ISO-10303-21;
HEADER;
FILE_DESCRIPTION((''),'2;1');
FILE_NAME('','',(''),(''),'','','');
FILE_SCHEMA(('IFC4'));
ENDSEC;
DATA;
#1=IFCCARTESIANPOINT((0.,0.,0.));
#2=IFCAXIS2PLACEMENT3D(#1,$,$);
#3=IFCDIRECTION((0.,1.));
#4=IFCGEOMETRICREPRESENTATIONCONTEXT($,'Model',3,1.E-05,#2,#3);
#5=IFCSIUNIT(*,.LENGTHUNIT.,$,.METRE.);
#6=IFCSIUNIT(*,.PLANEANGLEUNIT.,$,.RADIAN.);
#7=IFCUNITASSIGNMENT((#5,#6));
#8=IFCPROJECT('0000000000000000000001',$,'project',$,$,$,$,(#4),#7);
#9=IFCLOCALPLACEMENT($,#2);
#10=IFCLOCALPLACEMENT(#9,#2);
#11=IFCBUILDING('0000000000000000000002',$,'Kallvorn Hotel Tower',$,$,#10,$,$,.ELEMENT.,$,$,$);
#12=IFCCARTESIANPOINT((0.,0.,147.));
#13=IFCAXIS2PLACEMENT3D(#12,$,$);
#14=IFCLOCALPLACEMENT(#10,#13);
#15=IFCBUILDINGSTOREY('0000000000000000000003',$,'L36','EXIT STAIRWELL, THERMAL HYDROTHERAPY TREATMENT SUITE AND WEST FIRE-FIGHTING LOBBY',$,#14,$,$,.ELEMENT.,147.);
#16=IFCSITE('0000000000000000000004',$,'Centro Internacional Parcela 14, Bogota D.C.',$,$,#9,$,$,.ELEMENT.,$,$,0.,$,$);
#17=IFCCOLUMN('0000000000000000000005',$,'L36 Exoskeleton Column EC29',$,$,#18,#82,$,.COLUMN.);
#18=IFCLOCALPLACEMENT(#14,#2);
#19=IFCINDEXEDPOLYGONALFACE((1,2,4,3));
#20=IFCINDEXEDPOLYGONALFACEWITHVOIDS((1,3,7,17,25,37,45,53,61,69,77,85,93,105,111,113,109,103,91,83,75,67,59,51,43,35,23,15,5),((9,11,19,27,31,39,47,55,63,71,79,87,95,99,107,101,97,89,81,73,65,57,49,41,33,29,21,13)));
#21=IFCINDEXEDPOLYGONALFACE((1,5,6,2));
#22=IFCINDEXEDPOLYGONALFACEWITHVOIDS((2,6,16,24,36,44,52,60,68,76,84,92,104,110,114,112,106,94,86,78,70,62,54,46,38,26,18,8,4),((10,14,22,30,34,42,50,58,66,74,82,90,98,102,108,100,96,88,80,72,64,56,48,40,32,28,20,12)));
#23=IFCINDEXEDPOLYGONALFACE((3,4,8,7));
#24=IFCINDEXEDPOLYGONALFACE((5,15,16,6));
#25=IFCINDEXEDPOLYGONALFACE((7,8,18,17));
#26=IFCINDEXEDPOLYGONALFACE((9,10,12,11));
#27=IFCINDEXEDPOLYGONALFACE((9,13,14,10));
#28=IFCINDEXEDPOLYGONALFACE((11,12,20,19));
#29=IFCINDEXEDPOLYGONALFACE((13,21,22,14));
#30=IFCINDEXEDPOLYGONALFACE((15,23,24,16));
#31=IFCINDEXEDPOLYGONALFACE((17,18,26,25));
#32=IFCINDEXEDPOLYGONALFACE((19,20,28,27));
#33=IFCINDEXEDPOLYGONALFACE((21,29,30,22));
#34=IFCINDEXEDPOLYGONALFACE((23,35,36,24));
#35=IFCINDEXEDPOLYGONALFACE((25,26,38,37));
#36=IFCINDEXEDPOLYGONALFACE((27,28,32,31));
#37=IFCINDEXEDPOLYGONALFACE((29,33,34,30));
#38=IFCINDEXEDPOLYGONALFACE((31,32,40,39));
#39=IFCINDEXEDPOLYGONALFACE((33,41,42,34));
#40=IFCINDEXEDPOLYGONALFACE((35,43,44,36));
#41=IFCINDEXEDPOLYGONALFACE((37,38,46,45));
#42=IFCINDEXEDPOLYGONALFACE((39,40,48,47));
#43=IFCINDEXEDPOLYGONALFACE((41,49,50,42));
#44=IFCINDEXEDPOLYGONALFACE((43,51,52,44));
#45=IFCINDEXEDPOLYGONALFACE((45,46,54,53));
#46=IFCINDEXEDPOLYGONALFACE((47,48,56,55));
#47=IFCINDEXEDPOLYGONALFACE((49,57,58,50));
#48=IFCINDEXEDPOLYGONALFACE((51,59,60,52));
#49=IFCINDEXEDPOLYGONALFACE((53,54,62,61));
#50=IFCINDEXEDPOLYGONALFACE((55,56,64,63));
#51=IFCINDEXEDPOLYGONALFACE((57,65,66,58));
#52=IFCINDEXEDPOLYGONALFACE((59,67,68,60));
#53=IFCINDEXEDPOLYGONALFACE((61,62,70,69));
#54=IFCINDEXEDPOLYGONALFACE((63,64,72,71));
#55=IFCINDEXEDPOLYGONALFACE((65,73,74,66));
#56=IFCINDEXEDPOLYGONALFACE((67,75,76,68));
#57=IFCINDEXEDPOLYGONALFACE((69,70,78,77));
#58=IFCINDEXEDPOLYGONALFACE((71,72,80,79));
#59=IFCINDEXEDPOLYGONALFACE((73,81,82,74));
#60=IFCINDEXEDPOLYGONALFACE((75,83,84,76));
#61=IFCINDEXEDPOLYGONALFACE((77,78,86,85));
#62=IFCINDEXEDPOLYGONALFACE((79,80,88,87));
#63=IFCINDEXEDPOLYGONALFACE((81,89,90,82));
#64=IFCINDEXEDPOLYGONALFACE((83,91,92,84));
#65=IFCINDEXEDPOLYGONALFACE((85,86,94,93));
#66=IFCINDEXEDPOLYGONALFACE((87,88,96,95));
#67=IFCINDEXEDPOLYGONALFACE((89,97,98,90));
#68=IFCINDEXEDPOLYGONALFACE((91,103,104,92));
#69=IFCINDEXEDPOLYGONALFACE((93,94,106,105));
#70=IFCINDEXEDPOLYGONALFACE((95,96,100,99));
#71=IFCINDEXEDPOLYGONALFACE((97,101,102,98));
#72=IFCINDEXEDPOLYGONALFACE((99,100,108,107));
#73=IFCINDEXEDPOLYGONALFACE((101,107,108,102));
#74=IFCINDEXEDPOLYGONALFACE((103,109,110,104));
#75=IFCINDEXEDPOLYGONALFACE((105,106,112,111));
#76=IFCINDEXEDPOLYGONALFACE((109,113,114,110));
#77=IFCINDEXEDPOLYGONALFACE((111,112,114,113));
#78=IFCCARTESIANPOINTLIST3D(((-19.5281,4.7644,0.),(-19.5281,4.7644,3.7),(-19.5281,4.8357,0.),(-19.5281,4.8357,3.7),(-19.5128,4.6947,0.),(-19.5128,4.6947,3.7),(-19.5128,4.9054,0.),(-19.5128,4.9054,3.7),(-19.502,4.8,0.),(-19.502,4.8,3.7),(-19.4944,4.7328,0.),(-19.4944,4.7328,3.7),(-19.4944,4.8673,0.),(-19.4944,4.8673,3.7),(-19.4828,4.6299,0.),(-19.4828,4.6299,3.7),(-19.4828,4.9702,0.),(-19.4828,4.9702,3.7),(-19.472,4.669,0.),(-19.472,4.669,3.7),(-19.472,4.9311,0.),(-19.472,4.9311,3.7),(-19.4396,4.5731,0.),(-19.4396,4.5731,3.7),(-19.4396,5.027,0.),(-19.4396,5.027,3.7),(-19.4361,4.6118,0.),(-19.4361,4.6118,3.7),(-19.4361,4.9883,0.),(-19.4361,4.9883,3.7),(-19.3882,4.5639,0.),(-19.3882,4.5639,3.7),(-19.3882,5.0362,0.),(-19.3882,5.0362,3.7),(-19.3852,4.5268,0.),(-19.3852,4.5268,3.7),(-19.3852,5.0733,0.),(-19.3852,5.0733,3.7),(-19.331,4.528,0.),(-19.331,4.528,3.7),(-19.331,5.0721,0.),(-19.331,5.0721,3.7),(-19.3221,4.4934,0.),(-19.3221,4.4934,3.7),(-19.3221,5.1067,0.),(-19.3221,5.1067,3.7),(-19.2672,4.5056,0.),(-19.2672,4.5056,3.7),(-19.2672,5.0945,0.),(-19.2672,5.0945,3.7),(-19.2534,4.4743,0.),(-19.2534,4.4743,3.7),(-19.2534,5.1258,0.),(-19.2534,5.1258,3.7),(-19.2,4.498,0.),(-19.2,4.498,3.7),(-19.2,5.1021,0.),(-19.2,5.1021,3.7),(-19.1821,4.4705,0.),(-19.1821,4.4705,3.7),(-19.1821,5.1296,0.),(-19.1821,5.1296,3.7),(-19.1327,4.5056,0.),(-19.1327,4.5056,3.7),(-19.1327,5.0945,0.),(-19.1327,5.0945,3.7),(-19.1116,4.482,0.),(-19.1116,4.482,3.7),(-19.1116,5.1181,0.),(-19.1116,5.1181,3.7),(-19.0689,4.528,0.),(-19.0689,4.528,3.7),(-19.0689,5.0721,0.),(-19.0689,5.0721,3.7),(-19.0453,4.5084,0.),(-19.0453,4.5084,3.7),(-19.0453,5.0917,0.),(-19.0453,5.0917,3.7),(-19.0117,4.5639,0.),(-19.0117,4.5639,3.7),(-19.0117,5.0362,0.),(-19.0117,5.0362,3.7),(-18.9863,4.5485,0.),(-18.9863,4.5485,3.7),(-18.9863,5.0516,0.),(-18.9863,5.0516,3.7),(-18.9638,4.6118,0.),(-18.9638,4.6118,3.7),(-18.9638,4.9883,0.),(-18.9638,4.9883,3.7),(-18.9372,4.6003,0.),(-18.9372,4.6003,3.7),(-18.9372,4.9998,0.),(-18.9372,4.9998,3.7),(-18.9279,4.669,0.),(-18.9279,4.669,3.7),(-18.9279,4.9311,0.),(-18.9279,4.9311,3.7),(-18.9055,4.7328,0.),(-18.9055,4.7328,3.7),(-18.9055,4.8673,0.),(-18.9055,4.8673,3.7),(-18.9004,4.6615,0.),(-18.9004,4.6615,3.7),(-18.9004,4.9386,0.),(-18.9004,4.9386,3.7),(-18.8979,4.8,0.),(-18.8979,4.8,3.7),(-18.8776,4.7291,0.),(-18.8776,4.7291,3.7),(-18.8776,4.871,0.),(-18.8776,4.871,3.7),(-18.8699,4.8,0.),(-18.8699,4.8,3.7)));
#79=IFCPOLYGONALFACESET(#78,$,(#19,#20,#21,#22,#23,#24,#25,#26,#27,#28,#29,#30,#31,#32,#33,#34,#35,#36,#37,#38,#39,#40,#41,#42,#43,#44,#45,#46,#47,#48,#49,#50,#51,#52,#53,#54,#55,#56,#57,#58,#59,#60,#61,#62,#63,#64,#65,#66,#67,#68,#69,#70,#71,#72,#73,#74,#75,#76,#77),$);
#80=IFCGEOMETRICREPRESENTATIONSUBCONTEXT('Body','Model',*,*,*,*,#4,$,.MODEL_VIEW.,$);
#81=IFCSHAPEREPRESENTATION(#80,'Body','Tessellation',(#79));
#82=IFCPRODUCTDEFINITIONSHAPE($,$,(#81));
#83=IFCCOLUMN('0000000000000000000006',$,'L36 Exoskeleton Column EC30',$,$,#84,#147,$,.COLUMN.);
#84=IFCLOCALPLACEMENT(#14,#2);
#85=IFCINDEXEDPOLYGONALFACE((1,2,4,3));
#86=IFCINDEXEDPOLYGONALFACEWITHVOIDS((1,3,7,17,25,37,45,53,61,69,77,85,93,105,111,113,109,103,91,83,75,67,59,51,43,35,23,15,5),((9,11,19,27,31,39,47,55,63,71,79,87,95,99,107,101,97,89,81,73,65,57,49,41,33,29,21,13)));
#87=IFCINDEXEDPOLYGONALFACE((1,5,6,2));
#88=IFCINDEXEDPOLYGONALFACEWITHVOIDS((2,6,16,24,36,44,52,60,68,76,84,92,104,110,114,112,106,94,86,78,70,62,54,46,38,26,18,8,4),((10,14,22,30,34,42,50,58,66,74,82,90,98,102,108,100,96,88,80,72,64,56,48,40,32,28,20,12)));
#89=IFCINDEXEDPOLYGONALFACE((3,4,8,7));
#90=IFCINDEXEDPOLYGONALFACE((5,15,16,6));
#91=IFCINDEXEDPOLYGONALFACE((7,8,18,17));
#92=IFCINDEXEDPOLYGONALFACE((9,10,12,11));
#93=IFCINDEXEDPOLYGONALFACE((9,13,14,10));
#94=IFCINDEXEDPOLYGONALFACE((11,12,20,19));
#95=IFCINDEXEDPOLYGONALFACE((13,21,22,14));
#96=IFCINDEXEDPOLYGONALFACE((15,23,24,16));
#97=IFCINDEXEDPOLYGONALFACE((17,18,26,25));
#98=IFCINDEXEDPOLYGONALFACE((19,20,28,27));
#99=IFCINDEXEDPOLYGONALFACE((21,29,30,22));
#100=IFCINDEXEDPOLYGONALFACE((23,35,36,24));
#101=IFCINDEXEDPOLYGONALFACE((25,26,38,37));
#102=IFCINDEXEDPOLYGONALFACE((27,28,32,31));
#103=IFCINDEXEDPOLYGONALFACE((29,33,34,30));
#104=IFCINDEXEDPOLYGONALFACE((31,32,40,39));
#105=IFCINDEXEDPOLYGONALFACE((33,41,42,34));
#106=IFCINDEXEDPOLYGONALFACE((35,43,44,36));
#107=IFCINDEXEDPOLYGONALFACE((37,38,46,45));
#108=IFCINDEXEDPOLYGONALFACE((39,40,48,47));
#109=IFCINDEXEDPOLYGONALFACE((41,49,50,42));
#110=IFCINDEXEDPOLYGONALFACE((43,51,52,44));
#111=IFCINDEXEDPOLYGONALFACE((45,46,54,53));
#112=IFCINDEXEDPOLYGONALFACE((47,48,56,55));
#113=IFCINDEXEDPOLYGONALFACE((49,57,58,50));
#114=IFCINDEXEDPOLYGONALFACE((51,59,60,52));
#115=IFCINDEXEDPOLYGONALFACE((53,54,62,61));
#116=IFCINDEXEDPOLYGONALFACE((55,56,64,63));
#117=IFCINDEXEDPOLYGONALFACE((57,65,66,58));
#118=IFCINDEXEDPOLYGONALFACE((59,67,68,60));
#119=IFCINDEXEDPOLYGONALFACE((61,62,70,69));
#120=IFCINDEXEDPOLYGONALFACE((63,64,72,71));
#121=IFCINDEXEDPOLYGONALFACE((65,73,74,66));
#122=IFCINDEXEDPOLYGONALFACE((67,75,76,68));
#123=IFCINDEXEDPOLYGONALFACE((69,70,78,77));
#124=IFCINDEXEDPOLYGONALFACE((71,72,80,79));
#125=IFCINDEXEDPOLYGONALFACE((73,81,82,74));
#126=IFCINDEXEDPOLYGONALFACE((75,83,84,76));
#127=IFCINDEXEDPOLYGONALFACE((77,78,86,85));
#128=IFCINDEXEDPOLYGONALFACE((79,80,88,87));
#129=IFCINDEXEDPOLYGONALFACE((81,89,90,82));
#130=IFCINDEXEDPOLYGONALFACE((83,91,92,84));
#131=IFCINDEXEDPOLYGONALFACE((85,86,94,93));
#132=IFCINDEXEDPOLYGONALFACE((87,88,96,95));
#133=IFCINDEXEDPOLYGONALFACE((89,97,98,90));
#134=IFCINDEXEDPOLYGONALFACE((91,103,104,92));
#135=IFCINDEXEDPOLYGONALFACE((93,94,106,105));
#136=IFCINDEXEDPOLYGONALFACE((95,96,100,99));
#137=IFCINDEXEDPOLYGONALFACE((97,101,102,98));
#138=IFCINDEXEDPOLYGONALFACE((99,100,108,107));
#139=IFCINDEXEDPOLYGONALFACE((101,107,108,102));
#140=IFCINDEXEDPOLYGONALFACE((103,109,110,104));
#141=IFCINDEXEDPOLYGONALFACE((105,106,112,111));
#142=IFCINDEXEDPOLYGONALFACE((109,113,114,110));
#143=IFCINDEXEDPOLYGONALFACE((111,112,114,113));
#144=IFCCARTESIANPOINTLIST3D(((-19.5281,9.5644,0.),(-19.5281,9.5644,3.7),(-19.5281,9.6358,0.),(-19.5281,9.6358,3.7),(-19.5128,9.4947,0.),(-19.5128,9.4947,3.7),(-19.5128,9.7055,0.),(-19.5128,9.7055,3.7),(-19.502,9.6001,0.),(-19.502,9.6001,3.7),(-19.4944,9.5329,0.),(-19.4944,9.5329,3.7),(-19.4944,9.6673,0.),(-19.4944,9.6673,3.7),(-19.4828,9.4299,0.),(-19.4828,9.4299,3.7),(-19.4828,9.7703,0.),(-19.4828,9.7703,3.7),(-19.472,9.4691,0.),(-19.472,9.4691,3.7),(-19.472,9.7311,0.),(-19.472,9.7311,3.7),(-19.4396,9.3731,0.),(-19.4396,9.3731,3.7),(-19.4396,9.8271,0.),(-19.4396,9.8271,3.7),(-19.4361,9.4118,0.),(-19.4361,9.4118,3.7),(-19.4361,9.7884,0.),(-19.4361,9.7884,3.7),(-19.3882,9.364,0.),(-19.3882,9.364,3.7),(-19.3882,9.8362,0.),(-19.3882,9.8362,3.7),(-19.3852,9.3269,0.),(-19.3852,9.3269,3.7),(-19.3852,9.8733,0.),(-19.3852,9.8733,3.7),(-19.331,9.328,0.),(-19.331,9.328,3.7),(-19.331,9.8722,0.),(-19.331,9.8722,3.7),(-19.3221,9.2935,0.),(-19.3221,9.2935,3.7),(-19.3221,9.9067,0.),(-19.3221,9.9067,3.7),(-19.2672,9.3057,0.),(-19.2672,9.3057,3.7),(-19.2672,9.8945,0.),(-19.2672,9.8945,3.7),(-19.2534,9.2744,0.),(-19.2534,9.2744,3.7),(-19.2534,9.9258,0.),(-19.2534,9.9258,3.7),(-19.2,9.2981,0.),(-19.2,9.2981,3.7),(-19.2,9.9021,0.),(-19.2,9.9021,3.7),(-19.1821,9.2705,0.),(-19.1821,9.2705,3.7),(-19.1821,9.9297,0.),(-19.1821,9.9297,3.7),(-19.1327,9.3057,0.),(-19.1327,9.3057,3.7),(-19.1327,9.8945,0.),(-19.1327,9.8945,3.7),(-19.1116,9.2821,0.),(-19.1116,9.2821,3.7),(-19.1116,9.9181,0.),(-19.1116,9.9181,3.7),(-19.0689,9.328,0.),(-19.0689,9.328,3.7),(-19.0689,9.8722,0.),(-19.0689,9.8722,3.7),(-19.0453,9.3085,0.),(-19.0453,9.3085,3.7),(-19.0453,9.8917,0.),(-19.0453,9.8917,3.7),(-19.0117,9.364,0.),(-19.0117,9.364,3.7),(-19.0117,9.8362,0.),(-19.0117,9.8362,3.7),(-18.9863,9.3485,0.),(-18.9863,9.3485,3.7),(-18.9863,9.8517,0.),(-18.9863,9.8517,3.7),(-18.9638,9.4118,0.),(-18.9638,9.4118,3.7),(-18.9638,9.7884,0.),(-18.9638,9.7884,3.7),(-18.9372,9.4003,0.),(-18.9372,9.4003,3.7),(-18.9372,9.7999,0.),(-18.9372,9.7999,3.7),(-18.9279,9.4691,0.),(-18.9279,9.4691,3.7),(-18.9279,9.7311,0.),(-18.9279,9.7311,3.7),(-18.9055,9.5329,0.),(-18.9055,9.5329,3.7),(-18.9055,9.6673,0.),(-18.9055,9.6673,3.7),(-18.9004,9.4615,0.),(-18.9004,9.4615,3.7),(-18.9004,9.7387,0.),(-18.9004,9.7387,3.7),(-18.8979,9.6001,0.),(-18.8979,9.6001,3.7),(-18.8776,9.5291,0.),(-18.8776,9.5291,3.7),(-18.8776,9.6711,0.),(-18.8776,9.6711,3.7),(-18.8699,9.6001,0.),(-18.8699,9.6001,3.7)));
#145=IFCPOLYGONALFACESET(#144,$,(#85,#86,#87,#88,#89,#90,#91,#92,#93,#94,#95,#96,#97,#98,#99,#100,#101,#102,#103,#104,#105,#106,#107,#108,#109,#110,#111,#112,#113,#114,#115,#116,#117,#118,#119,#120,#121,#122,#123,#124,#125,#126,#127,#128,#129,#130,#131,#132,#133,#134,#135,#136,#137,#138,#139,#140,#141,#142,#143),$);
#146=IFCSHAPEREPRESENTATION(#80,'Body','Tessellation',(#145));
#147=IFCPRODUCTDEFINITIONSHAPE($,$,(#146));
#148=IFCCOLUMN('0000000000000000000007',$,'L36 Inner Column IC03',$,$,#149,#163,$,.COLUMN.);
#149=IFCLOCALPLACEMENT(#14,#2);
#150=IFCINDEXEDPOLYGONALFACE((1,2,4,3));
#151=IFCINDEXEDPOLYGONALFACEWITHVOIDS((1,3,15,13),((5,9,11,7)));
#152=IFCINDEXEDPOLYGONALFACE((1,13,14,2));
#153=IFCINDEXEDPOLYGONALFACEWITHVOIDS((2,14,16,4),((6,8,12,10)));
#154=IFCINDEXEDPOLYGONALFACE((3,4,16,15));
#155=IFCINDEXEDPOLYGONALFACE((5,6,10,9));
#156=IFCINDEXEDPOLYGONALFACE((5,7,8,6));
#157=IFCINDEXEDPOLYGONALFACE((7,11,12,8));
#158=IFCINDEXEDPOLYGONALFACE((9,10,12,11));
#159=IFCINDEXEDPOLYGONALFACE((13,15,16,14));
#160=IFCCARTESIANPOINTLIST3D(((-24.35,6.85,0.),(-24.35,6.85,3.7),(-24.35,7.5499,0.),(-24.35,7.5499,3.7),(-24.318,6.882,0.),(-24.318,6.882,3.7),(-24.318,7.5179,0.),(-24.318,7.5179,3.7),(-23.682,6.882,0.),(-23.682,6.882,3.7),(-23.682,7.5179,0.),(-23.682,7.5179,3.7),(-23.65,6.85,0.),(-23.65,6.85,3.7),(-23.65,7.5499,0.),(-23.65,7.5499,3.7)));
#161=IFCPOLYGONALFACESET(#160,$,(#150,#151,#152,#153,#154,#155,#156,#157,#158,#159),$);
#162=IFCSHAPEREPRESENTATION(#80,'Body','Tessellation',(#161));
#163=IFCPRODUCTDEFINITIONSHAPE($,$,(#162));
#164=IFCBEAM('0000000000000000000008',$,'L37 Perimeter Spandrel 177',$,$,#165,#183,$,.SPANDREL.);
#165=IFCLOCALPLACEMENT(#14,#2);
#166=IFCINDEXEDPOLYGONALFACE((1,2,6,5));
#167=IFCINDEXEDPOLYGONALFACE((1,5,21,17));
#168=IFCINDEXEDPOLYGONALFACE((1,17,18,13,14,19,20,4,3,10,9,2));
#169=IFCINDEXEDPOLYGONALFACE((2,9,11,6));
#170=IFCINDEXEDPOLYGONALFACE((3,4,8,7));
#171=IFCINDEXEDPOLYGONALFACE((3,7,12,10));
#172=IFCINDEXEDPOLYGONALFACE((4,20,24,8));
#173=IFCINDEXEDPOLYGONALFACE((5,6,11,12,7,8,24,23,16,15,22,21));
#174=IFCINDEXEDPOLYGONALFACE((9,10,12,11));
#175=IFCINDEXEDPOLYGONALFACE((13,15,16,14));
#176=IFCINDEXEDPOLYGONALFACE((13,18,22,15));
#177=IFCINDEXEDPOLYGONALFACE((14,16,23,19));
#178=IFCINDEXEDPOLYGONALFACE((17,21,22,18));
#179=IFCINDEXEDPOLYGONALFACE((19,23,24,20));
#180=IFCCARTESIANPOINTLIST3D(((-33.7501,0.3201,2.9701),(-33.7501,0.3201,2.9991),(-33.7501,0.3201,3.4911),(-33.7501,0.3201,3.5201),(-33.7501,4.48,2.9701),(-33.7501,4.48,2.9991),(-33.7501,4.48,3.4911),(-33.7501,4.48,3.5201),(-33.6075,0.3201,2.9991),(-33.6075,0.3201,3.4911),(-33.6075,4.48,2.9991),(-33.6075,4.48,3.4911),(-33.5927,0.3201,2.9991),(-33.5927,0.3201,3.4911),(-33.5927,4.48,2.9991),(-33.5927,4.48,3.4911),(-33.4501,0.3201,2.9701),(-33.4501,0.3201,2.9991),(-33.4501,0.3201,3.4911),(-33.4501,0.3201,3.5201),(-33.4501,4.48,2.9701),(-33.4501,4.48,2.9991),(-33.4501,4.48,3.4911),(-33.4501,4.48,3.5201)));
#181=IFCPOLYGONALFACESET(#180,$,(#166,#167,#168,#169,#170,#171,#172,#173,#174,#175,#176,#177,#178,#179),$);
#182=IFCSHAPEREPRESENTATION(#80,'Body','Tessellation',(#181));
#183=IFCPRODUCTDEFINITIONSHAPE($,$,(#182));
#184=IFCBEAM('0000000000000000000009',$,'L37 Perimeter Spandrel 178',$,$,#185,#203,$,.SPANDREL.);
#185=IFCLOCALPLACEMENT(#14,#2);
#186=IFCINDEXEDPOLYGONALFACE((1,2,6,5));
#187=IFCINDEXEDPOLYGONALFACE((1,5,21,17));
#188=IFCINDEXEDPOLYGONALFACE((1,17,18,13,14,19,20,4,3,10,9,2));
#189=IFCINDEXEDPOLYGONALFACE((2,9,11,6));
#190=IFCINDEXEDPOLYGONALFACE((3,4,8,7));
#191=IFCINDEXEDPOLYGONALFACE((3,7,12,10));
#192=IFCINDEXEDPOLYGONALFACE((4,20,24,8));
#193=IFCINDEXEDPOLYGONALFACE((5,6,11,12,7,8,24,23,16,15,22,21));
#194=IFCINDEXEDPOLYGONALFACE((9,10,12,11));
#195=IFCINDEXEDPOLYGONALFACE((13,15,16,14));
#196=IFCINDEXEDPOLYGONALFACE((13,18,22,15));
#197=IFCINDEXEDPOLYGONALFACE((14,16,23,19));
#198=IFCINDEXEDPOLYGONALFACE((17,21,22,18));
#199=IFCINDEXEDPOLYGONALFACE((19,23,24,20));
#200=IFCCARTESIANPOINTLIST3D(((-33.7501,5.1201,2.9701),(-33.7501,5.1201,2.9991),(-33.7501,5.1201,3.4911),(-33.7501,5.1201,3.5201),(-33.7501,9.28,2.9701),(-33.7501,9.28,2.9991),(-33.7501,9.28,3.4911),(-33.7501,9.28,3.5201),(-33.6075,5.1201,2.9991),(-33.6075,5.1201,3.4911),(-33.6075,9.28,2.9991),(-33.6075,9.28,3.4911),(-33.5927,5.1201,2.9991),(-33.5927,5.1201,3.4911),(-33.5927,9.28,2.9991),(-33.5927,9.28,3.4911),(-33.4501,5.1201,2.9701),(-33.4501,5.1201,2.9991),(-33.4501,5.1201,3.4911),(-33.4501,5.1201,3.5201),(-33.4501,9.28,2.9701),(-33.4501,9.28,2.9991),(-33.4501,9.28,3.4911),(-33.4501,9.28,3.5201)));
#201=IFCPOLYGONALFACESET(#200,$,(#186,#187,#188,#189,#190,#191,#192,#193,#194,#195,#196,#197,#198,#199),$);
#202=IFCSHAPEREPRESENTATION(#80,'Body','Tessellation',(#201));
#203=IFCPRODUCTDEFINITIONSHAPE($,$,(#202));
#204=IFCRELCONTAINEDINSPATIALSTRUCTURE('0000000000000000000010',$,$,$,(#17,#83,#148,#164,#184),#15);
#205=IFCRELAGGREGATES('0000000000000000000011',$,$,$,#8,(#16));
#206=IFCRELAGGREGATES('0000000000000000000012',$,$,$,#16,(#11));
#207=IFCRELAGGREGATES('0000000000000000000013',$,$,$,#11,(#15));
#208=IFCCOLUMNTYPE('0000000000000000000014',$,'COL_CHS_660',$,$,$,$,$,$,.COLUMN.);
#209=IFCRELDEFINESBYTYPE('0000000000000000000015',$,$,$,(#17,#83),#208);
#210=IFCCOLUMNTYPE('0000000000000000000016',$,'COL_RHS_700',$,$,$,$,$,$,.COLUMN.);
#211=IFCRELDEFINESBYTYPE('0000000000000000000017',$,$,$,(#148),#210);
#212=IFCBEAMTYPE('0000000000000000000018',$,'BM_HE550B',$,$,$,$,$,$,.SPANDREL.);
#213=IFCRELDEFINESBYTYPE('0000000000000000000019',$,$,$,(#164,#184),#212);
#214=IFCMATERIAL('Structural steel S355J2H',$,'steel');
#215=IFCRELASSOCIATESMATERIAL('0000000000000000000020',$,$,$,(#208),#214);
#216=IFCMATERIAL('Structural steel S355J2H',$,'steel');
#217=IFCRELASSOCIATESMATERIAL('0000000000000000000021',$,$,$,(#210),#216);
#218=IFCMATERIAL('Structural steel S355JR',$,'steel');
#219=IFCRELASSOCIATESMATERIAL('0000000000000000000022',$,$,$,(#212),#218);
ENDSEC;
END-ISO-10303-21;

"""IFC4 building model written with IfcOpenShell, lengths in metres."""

from ifc_helpers import new_model, si_unit, direction, frame, origin, origin_2d, place, context, subcontext, project, spatial, hollow_rectangle, hollow_circle, i_section, extrude, material, material_profile, profile_set, type_object, element, save


model = new_model("IFC4")

# Units and contexts
model_context = context("Model", 3, precision=1e-05, world=origin(), true_north=direction((0.0, 1.0)))
body_context = subcontext(model_context, "Body", "Model", "MODEL_VIEW")
ifc_project = project(units=[si_unit("LENGTHUNIT", "METRE"), si_unit("PLANEANGLEUNIT", "RADIAN")], contexts=[model_context])

# Site, building, storey
site_placement = place(None, origin())
site = spatial("IfcSite", under=ifc_project, at=site_placement, Name="Centro Internacional Parcela 14, Bogota D.C.", CompositionType="ELEMENT", RefElevation=0.0)
building_placement = place(site_placement, origin())
building = spatial("IfcBuilding", under=site, at=building_placement, Name="Kallvorn Hotel Tower", CompositionType="ELEMENT")
storey_placement = place(building_placement, frame((0.0, 0.0, 147.0)))
storey = spatial("IfcBuildingStorey", under=building, at=storey_placement, Name="L36", Description="EXIT STAIRWELL, THERMAL HYDROTHERAPY TREATMENT SUITE AND WEST FIRE-FIGHTING LOBBY", CompositionType="ELEMENT", Elevation=147.0)

# Columns
ifc_material_1 = material(Name="Structural steel S355J2H", Category="steel")
ifc_material_profile_1 = material_profile(ifc_material_1, hollow_circle(Radius=0.3301, WallThickness=0.0281, at=origin_2d()), Name="CHS 660x28")
ifc_profile_set_1 = profile_set([ifc_material_profile_1], Name="Structural steel S355J2H")
column_type_1 = type_object("IfcColumnType", Name="COL_CHS_660", PredefinedType="COLUMN", material=ifc_profile_set_1)
for number, where, z_axis, x_axis, name in (
    (1, (-19.2, 4.8, 0.0), (0.0, 0.0, 1.0), (1.0, 0.0, 0.0), "L36 Exoskeleton Column EC29"),
    (2, (-19.2, 9.6001, 0.0), (0.0, 0.0, 1.0), (1.0, 0.0, 0.0), "L36 Exoskeleton Column EC30"),
):
    element("IfcColumn", number, at=place(storey_placement, frame(where, z_axis=z_axis, x_axis=x_axis)), inside=storey, type_object=column_type_1, Name=name, PredefinedType="COLUMN", context=body_context, shape_type="SweptSolid", body=[
        extrude(hollow_circle(Radius=0.3301, WallThickness=0.0281, at=origin_2d()), origin(), (0.0, 0.0, 1.0), 3.7),
    ])
ifc_material_2 = material(Name="Structural steel S355J2H", Category="steel")
ifc_material_profile_2 = material_profile(ifc_material_2, hollow_rectangle(XDim=0.7, YDim=0.7, WallThickness=0.032, at=origin_2d()), Name="RHS 700x700x32")
ifc_profile_set_2 = profile_set([ifc_material_profile_2], Name="Structural steel S355J2H")
column_type_2 = type_object("IfcColumnType", Name="COL_RHS_700", PredefinedType="COLUMN", material=ifc_profile_set_2)
column_placement = place(storey_placement, frame((-24.0, 7.2, 0.0), z_axis=(0.0, 0.0, 1.0), x_axis=(1.0, 0.0, 0.0)))
element("IfcColumn", 3, at=column_placement, inside=storey, type_object=column_type_2, Name="L36 Inner Column IC03", PredefinedType="COLUMN", context=body_context, shape_type="SweptSolid", body=[
    extrude(hollow_rectangle(XDim=0.7, YDim=0.7, WallThickness=0.032, at=origin_2d()), origin(), (0.0, 0.0, 1.0), 3.7),
])

# Beams
ifc_material_3 = material(Name="Structural steel S355JR", Category="steel")
ifc_material_profile_3 = material_profile(ifc_material_3, i_section(OverallWidth=0.3, OverallDepth=0.55, WebThickness=0.0149, FlangeThickness=0.0291, at=origin_2d()), Name="HE 550 B")
ifc_profile_set_3 = profile_set([ifc_material_profile_3], Name="Structural steel S355JR")
beam_type_1 = type_object("IfcBeamType", Name="BM_HE550B", PredefinedType="SPANDREL", material=ifc_profile_set_3)
for number, where, z_axis, x_axis, name in (
    (4, (-33.6001, 0.3201, 3.2451), (0.0, 1.0, 0.0), (-1.0, 0.0, 0.0), "L37 Perimeter Spandrel 177"),
    (5, (-33.6001, 5.1201, 3.2451), (0.0, 1.0, 0.0), (-1.0, 0.0, 0.0), "L37 Perimeter Spandrel 178"),
):
    element("IfcBeam", number, at=place(storey_placement, frame(where, z_axis=z_axis, x_axis=x_axis)), inside=storey, type_object=beam_type_1, Name=name, PredefinedType="SPANDREL", context=body_context, shape_type="SweptSolid", body=[
        extrude(i_section(OverallWidth=0.3, OverallDepth=0.55, WebThickness=0.0149, FlangeThickness=0.0291, at=origin_2d()), origin(), (0.0, 0.0, 1.0), 4.1599),
    ])

save(model, "model.ifc")
